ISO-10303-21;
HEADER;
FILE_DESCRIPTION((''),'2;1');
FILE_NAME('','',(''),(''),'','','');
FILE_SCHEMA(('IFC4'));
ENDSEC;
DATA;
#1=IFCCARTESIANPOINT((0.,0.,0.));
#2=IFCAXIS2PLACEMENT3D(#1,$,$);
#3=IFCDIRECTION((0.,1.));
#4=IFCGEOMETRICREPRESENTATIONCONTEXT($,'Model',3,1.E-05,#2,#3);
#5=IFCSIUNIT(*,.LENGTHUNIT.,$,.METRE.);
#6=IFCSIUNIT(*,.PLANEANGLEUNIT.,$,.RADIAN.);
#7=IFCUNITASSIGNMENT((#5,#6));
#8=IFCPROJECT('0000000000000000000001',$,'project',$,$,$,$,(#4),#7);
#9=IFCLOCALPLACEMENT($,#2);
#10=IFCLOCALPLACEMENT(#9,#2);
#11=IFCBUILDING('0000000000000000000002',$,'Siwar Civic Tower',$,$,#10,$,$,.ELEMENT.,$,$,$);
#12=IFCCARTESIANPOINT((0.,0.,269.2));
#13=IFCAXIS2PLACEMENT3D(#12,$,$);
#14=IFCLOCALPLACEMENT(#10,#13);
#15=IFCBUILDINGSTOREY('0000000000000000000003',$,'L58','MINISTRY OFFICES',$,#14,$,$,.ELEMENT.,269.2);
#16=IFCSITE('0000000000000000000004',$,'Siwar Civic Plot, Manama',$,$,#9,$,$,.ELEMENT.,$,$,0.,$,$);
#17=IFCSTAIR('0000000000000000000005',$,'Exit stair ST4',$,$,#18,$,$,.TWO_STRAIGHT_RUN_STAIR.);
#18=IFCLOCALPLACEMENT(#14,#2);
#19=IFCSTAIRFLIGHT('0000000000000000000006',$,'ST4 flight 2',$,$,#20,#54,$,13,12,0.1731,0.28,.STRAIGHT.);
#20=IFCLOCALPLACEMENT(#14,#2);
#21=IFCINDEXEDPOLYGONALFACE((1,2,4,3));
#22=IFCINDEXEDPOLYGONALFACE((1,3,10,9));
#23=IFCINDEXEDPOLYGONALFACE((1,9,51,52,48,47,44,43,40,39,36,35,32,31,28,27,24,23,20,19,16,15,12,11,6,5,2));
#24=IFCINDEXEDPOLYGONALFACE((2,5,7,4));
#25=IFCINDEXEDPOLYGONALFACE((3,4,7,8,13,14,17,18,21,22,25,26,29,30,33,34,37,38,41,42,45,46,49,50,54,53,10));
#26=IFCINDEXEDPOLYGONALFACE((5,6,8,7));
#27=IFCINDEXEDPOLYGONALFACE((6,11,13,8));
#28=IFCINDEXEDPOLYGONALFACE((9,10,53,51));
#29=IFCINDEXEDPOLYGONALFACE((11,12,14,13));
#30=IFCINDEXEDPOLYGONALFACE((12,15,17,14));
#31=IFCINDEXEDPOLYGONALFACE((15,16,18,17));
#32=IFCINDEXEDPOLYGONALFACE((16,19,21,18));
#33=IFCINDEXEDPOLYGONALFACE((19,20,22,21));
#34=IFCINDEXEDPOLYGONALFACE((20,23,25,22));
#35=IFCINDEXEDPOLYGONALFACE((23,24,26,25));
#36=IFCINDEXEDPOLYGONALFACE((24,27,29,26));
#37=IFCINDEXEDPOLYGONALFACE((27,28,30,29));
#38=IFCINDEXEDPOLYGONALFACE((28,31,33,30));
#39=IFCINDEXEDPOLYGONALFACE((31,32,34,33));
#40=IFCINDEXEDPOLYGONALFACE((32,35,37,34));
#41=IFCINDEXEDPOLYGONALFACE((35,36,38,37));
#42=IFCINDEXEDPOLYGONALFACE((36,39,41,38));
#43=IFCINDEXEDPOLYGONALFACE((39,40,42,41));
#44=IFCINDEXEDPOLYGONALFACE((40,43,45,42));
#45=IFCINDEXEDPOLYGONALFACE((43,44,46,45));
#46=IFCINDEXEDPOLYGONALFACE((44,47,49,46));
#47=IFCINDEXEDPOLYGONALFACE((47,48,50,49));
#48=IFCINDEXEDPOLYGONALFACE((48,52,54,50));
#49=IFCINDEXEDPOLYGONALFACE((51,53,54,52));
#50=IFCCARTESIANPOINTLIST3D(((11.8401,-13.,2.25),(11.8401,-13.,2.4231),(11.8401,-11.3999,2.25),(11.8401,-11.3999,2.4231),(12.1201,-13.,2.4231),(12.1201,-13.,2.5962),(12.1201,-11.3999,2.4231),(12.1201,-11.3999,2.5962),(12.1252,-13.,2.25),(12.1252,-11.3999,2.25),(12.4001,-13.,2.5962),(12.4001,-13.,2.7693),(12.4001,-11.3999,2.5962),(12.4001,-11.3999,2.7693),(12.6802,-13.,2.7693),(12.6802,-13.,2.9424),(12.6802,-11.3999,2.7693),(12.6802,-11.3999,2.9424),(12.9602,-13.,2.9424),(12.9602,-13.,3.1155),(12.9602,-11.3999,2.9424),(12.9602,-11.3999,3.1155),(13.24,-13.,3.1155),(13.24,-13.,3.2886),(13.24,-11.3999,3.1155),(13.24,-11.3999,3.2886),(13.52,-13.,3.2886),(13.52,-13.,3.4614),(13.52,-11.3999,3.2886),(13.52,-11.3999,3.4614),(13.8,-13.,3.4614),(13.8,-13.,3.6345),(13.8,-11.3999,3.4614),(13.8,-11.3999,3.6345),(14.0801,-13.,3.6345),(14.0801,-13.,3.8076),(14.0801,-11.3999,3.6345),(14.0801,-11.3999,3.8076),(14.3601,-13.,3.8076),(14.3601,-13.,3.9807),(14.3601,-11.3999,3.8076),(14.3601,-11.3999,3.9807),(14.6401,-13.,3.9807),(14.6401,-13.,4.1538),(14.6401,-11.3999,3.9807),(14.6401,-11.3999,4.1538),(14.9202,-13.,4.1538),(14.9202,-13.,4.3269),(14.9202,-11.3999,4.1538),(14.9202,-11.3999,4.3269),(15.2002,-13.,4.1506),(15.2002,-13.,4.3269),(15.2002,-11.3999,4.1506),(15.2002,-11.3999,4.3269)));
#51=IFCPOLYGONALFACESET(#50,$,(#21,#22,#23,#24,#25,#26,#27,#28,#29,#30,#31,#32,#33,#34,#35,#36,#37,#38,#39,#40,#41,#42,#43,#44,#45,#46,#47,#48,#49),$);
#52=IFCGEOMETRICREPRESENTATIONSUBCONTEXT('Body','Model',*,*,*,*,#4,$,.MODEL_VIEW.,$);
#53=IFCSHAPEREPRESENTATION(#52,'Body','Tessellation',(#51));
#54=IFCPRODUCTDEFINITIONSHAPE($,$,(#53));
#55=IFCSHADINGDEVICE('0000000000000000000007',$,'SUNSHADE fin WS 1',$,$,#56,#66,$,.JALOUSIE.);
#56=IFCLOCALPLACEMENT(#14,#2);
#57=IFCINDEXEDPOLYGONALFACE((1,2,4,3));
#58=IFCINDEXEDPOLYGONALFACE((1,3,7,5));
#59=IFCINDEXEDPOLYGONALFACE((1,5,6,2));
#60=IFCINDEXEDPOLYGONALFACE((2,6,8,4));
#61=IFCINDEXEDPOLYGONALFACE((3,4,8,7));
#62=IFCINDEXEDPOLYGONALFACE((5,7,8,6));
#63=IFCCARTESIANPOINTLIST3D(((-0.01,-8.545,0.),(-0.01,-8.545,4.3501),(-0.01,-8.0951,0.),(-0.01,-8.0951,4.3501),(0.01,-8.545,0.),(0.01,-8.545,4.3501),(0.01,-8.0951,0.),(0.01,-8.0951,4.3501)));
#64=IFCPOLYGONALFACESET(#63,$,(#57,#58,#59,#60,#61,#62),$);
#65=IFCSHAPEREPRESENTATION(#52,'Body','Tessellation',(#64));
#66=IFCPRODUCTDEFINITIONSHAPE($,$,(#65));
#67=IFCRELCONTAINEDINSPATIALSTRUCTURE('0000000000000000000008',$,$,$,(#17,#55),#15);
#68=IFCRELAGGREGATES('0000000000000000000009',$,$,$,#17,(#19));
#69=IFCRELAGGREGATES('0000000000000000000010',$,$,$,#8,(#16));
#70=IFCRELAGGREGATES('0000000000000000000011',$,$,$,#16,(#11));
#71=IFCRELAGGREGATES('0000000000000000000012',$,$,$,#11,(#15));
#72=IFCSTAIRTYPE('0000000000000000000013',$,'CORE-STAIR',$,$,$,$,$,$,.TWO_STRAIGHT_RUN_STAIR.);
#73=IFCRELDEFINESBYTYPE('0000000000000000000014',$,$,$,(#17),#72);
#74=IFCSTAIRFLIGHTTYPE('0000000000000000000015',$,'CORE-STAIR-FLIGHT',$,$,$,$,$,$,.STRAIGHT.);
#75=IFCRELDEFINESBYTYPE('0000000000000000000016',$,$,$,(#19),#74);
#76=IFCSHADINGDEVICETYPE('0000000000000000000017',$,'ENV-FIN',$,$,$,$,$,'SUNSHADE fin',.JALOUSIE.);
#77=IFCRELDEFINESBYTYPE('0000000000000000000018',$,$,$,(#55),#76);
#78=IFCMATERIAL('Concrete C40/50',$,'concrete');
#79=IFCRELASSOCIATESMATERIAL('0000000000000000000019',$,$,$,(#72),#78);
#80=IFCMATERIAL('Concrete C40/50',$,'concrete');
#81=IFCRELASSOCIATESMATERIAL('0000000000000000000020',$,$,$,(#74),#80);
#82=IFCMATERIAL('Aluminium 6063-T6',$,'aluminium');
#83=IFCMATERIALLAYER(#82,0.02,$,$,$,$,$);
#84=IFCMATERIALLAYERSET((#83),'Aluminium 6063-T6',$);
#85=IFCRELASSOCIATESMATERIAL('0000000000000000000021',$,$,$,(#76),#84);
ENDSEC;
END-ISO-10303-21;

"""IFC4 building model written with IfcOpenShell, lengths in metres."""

from ifc_helpers import new_model, si_unit, direction, frame, origin, origin_2d, place, context, subcontext, project, spatial, polyline, rectangle, outline, extrude, material, layer, layer_set, type_object, element, aggregate, save


model = new_model("IFC4")

# Units and contexts
model_context = context("Model", 3, precision=1e-05, world=origin(), true_north=direction((0.0, 1.0)))
body_context = subcontext(model_context, "Body", "Model", "MODEL_VIEW")
ifc_project = project(units=[si_unit("LENGTHUNIT", "METRE"), si_unit("PLANEANGLEUNIT", "RADIAN")], contexts=[model_context])

# Site, building, storey
site_placement = place(None, origin())
site = spatial("IfcSite", under=ifc_project, at=site_placement, Name="Siwar Civic Plot, Manama", CompositionType="ELEMENT", RefElevation=0.0)
building_placement = place(site_placement, origin())
building = spatial("IfcBuilding", under=site, at=building_placement, Name="Siwar Civic Tower", CompositionType="ELEMENT")
storey_placement = place(building_placement, frame((0.0, 0.0, 269.2)))
storey = spatial("IfcBuildingStorey", under=building, at=storey_placement, Name="L58", Description="MINISTRY OFFICES", CompositionType="ELEMENT", Elevation=269.2)

# Stair, stair flight
ifc_material_1 = material(Name="Concrete C40/50", Category="concrete")
stair_type = type_object("IfcStairType", Name="CORE-STAIR", PredefinedType="TWO_STRAIGHT_RUN_STAIR", material=ifc_material_1)
stair_placement = place(storey_placement, origin())
stair = element("IfcStair", 1, at=stair_placement, inside=storey, type_object=stair_type, Name="Exit stair ST4", PredefinedType="TWO_STRAIGHT_RUN_STAIR")
ifc_material_2 = material(Name="Concrete C40/50", Category="concrete")
stair_flight_type = type_object("IfcStairFlightType", Name="CORE-STAIR-FLIGHT", PredefinedType="STRAIGHT", material=ifc_material_2)
stair_flight_placement = place(storey_placement, frame((11.8401, -12.2, 2.25), z_axis=(0.0, 0.0, 1.0), x_axis=(1.0, 0.0, 0.0)))
stair_flight = element("IfcStairFlight", 2, at=stair_flight_placement, type_object=stair_flight_type, Name="ST4 flight 2", NumberOfRisers=13, NumberOfTreads=12, PredefinedType="STRAIGHT", RiserHeight=0.1731, TreadLength=0.28, context=body_context, shape_type="SweptSolid", body=[
    extrude(outline(polyline([(0.0, 0.0), (0.0, 0.1731), (0.28, 0.1731), (0.28, 0.3462), (0.5601, 0.3462), (0.5601, 0.5193), (0.8401, 0.5193), (0.8401, 0.6924), (1.1201, 0.6924), (1.1201, 0.8655), (1.3999, 0.8655), (1.3999, 1.0386), (1.6799, 1.0386), (1.6799, 1.2114), (1.96, 1.2114), (1.96, 1.3845), (2.24, 1.3845), (2.24, 1.5576), (2.52, 1.5576), (2.52, 1.7307), (2.8, 1.7307), (2.8, 1.9038), (3.0801, 1.9038), (3.0801, 2.0769), (3.3601, 2.0769), (3.3601, 2.25), (3.3601, 1.9006), (0.2852, 0.0), (0.0, 0.0)])), frame((0.0, 0.8, 0.0), z_axis=(0.0, -1.0, 0.0), x_axis=(1.0, 0.0, 0.0)), (0.0, 0.0, 1.0), 1.6001),
])
aggregate(stair, [stair_flight])

# Shading device
ifc_material_3 = material(Name="Aluminium 6063-T6", Category="aluminium")
ifc_layer_1 = layer(ifc_material_3, 0.02)
ifc_layer_set_1 = layer_set([ifc_layer_1], Name="Aluminium 6063-T6")
shading_device_type = type_object("IfcShadingDeviceType", Name="ENV-FIN", ElementType="SUNSHADE fin", PredefinedType="JALOUSIE", material=ifc_layer_set_1)
shading_device_placement = place(storey_placement, frame((0.0, -8.3201, 0.0), z_axis=(0.0, 0.0, 1.0), x_axis=(1.0, 0.0, 0.0)))
element("IfcShadingDevice", 3, at=shading_device_placement, inside=storey, type_object=shading_device_type, Name="SUNSHADE fin WS 1", PredefinedType="JALOUSIE", context=body_context, shape_type="SweptSolid", body=[
    extrude(rectangle(XDim=0.02, YDim=0.45, at=origin_2d()), origin(), (0.0, 0.0, 1.0), 4.3501),
])

save(model, "model.ifc")
